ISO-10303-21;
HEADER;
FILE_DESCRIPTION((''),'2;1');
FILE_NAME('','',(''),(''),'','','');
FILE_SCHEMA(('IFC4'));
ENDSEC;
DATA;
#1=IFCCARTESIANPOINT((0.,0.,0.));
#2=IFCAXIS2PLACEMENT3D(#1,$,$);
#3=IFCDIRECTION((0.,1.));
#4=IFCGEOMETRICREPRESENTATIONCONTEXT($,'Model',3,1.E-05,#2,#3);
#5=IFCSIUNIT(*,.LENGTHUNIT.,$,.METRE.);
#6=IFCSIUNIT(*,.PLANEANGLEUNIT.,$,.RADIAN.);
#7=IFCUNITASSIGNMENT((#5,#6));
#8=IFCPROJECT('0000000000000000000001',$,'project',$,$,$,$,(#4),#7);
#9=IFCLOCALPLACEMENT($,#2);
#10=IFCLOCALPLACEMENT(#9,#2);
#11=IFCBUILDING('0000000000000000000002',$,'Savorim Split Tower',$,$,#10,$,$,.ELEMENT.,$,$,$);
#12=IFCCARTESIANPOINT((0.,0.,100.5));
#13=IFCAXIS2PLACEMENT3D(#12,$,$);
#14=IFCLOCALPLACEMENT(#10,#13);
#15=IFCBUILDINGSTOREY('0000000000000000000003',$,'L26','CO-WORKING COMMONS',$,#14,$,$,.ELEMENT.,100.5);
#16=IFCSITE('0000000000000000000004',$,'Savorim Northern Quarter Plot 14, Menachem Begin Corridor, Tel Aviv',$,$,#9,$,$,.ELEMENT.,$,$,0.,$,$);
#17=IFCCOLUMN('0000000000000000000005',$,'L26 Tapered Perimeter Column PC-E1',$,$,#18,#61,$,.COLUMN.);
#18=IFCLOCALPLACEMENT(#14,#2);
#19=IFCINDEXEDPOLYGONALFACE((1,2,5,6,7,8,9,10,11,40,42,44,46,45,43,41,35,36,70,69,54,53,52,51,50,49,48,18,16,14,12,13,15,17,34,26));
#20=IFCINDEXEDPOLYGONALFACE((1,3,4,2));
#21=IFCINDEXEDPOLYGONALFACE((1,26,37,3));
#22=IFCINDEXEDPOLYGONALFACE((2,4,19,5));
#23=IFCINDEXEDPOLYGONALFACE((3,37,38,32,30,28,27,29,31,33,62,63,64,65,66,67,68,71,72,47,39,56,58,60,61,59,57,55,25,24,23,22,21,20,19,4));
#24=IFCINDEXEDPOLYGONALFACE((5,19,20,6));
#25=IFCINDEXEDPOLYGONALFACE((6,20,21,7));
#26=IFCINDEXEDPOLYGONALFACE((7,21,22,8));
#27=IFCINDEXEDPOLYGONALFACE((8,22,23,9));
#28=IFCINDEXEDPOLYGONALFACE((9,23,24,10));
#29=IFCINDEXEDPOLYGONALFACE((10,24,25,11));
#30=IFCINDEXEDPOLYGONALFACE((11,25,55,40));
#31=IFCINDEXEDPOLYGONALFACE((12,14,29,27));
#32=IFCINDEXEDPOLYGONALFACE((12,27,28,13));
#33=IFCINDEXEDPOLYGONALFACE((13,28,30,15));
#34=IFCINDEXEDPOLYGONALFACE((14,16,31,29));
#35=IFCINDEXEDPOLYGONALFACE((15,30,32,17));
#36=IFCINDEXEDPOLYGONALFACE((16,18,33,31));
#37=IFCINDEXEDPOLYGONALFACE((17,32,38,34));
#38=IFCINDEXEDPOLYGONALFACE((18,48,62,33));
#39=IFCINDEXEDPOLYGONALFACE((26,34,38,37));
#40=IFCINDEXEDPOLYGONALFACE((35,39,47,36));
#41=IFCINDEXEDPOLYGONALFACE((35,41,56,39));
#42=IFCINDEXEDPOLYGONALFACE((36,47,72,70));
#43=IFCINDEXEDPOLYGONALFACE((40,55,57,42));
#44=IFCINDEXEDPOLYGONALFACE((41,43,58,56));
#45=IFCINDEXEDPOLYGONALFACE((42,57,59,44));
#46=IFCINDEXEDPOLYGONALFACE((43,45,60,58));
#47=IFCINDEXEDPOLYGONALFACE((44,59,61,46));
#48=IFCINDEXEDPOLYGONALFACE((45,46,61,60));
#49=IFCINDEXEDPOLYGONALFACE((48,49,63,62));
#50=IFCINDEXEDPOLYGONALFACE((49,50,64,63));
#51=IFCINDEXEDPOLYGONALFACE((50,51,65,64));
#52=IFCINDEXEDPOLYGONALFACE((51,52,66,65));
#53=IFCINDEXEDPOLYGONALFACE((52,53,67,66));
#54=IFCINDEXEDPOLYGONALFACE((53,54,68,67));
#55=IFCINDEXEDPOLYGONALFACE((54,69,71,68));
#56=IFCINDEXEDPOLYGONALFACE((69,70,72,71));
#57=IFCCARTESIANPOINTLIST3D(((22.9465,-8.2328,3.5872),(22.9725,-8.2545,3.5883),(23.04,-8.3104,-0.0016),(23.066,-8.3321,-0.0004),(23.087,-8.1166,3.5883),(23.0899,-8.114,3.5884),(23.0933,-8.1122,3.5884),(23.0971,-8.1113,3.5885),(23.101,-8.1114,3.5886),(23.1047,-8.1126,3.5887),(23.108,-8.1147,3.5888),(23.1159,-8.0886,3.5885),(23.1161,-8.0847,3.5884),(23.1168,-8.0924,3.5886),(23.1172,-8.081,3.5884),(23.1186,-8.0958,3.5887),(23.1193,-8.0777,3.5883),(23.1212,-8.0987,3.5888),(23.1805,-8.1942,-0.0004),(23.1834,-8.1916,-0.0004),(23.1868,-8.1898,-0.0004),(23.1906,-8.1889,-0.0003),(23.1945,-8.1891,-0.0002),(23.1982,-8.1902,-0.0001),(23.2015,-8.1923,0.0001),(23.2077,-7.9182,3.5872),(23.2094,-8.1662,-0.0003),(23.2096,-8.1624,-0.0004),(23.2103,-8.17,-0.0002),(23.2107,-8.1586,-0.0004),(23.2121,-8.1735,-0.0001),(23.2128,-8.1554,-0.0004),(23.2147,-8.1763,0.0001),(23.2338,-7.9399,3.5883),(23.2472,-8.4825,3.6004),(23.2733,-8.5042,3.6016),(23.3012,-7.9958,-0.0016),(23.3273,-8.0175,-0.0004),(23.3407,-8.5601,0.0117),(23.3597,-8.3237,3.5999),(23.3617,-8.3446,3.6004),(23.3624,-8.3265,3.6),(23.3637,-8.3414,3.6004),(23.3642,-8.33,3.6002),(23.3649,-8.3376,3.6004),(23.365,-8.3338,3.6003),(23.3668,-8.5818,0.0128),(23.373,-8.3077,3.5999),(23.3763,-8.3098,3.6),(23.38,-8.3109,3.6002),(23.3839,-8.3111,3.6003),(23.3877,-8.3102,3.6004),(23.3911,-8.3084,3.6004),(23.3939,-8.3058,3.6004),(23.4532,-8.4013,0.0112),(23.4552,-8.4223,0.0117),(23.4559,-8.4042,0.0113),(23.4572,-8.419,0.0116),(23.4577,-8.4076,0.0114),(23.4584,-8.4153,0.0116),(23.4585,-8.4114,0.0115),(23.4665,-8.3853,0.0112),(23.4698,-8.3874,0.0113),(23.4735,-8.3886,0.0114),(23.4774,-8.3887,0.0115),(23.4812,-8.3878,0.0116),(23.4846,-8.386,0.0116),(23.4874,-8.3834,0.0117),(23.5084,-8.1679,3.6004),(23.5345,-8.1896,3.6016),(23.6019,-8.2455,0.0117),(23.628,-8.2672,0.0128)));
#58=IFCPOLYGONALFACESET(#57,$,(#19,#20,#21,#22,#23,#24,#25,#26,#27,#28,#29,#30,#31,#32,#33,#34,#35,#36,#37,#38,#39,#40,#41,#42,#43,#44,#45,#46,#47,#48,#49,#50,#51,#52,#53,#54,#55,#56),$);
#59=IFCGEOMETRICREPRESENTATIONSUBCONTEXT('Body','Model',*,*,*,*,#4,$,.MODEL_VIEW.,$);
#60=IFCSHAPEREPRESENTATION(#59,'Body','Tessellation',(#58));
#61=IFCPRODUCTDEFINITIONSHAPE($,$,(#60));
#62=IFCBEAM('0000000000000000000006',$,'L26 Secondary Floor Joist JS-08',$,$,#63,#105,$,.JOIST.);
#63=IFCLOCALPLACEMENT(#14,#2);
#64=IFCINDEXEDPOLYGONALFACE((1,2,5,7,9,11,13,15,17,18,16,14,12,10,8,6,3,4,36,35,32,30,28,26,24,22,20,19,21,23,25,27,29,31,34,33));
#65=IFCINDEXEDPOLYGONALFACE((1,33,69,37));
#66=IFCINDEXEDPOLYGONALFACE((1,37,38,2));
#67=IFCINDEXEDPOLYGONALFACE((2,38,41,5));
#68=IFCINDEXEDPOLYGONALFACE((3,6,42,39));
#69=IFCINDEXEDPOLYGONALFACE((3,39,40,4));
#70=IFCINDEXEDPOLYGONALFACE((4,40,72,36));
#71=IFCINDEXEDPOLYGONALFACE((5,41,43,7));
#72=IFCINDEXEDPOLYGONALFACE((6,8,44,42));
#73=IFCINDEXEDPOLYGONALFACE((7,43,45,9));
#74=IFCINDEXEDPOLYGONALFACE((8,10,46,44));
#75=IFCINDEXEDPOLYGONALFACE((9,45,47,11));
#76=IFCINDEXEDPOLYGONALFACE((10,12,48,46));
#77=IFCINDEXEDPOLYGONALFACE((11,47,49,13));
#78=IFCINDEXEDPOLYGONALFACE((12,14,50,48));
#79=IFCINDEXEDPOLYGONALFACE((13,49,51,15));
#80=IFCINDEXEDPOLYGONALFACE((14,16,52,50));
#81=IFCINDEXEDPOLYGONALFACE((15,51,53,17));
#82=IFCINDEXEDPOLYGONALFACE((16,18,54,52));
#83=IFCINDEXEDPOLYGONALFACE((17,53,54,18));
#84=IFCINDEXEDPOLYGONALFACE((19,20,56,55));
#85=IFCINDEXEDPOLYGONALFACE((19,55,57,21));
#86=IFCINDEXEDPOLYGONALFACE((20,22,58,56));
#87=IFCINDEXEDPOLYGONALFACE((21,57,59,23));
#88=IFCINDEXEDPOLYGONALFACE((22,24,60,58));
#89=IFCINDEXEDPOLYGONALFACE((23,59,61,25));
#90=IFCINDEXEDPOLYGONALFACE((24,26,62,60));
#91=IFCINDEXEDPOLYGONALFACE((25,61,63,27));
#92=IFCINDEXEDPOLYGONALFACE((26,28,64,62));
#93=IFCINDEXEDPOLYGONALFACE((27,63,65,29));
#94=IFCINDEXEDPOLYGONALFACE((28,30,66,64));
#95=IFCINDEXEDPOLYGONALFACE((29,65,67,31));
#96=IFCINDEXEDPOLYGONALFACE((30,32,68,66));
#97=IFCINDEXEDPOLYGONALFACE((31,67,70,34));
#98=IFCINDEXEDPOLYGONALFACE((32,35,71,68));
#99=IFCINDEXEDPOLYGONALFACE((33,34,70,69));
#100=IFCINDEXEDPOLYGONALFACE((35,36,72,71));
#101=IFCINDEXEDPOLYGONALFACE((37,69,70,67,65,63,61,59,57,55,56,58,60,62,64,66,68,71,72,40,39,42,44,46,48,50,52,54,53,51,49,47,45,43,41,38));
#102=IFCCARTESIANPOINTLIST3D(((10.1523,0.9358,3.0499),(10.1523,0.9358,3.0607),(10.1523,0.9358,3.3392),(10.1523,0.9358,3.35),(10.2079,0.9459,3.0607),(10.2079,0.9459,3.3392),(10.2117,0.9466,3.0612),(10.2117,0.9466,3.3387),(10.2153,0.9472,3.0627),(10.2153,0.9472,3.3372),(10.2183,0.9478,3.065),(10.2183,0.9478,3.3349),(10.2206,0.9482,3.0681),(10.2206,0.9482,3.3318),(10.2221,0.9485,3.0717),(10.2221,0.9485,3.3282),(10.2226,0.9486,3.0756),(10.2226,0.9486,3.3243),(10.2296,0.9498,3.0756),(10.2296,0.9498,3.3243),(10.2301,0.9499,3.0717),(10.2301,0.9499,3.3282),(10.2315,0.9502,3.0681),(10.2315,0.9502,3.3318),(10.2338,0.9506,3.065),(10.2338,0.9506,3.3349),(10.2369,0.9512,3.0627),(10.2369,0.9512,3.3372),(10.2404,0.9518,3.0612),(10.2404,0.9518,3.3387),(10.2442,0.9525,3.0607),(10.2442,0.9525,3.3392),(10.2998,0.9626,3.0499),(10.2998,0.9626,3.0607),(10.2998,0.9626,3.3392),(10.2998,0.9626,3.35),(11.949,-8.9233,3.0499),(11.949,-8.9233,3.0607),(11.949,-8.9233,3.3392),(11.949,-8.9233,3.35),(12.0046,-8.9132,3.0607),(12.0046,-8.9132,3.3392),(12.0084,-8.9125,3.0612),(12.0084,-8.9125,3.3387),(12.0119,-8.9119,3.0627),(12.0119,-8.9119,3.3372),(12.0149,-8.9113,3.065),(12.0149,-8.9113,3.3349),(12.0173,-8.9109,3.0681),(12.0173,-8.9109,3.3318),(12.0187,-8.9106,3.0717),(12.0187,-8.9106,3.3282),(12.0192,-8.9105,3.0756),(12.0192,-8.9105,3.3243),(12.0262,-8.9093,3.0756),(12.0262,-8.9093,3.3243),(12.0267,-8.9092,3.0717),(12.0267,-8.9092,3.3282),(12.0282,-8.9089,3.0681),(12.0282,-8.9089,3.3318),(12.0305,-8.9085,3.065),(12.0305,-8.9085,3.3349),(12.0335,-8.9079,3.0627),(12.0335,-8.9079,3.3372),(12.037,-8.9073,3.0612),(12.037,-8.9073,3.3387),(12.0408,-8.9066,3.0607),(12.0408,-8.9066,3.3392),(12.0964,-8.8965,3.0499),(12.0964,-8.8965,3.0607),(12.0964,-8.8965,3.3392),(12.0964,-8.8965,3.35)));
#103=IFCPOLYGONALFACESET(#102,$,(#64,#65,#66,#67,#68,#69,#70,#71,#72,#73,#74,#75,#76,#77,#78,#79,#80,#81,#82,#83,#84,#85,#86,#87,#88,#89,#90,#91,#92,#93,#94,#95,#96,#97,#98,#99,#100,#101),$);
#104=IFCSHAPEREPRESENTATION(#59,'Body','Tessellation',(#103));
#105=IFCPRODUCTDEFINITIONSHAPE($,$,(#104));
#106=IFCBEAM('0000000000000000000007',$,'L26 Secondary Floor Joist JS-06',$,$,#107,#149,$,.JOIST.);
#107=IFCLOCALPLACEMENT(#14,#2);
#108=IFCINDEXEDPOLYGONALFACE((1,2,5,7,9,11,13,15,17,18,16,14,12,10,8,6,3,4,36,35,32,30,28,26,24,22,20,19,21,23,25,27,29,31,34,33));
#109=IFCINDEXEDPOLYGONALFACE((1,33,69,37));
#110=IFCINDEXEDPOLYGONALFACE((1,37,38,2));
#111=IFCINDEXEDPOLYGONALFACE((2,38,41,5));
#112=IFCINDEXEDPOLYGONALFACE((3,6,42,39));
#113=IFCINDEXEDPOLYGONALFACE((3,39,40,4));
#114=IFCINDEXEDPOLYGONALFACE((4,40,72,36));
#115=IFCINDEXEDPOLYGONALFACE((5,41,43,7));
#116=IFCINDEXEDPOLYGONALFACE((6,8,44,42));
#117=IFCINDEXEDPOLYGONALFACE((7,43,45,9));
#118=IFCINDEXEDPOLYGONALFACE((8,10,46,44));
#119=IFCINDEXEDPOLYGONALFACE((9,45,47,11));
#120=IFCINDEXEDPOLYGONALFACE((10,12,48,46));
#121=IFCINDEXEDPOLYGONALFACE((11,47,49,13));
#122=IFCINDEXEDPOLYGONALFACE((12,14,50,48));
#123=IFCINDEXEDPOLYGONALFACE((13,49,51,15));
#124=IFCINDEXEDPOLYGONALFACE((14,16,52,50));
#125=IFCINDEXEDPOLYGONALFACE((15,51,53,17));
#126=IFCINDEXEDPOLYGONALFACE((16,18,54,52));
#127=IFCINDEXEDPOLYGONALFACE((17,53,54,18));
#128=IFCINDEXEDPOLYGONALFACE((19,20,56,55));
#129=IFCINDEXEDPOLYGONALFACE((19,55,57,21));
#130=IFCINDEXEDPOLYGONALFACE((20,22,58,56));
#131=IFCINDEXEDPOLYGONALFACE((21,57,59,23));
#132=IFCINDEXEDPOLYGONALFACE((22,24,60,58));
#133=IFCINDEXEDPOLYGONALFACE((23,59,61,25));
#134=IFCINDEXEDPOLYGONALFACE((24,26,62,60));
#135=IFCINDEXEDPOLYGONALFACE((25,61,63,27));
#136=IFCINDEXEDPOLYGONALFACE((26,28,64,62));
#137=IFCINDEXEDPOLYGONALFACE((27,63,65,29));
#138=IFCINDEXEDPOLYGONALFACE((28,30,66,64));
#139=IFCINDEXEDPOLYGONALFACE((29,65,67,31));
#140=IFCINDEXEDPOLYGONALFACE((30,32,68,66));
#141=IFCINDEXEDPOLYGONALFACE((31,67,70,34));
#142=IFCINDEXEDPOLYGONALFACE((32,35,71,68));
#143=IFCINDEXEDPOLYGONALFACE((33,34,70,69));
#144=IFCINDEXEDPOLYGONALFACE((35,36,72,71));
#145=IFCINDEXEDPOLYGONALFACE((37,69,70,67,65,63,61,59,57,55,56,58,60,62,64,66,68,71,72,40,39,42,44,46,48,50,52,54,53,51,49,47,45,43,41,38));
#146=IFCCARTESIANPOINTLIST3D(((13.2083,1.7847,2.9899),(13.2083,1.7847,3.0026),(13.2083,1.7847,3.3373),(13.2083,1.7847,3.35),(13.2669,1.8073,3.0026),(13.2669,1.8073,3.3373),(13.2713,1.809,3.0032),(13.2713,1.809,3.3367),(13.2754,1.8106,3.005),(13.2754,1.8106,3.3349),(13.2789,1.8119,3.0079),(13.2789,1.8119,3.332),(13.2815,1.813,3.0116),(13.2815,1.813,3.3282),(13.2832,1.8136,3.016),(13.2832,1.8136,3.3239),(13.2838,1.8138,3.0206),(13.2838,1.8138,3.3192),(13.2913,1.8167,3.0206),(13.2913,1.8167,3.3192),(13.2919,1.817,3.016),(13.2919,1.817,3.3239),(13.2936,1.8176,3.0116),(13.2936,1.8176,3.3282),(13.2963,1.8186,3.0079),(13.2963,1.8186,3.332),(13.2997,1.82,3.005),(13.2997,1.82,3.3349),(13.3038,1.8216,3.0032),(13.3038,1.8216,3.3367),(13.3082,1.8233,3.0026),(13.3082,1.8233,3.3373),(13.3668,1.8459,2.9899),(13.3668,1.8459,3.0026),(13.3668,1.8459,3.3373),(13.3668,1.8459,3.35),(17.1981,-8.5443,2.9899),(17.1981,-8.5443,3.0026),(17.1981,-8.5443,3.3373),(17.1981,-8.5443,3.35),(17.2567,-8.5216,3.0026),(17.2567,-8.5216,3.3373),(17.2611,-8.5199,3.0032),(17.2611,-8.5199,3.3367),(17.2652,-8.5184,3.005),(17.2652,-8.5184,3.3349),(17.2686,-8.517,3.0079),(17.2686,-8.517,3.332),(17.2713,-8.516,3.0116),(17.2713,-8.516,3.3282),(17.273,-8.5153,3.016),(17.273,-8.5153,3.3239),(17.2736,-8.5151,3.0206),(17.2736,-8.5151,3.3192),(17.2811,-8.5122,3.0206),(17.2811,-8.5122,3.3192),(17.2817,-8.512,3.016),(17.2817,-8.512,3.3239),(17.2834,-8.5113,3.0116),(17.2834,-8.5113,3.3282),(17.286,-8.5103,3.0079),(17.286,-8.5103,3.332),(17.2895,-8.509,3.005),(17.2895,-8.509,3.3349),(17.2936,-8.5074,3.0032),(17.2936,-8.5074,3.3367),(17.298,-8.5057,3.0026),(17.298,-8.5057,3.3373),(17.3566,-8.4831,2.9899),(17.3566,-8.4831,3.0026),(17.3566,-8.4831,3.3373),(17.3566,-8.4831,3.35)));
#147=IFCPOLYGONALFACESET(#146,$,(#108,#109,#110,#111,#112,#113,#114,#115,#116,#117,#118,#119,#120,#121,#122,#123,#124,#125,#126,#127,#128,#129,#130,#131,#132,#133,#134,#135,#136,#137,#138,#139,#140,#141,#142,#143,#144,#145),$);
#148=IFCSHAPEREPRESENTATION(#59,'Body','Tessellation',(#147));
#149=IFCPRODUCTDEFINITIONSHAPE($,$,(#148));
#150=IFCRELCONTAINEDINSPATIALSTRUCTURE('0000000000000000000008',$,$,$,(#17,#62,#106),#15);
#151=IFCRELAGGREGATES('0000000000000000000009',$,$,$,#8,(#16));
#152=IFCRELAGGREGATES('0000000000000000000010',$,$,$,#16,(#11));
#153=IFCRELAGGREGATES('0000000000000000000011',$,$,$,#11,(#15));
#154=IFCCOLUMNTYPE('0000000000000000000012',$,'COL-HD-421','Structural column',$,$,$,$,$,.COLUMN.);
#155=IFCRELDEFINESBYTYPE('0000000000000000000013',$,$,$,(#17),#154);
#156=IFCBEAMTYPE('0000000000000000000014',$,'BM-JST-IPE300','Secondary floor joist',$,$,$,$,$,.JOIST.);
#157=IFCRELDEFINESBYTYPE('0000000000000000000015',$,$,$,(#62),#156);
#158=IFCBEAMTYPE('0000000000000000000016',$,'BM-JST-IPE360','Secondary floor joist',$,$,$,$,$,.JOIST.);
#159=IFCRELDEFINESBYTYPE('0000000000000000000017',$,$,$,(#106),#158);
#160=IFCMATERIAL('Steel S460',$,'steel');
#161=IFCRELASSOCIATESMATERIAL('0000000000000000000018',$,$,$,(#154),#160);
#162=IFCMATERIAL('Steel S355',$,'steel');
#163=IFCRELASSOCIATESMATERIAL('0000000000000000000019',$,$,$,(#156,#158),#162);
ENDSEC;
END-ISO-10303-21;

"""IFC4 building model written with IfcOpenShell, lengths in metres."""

from ifc_helpers import new_model, si_unit, direction, frame, origin, origin_2d, place, context, subcontext, project, spatial, i_section, extrude, material, material_profile, profile_set, type_object, element, save


model = new_model("IFC4")

# Units and contexts
model_context = context("Model", 3, precision=1e-05, world=origin(), true_north=direction((0.0, 1.0)))
body_context = subcontext(model_context, "Body", "Model", "MODEL_VIEW")
ifc_project = project(units=[si_unit("LENGTHUNIT", "METRE"), si_unit("PLANEANGLEUNIT", "RADIAN")], contexts=[model_context])

# Site, building, storey
site_placement = place(None, origin())
site = spatial("IfcSite", under=ifc_project, at=site_placement, Name="Savorim Northern Quarter Plot 14, Menachem Begin Corridor, Tel Aviv", CompositionType="ELEMENT", RefElevation=0.0)
building_placement = place(site_placement, origin())
building = spatial("IfcBuilding", under=site, at=building_placement, Name="Savorim Split Tower", CompositionType="ELEMENT")
storey_placement = place(building_placement, frame((0.0, 0.0, 100.5)))
storey = spatial("IfcBuildingStorey", under=building, at=storey_placement, Name="L26", Description="CO-WORKING COMMONS", CompositionType="ELEMENT", Elevation=100.5)

# Column
ifc_material_1 = material(Name="Steel S460", Category="steel")
ifc_material_profile_1 = material_profile(ifc_material_1, i_section(OverallWidth=0.4089, OverallDepth=0.425, WebThickness=0.0208, FlangeThickness=0.0339, FilletRadius=0.0149, at=origin_2d()), Name="HD 400x421")
ifc_profile_set_1 = profile_set([ifc_material_profile_1], Name="Steel S460")
column_type = type_object("IfcColumnType", Name="COL-HD-421", Description="Structural column", PredefinedType="COLUMN", material=ifc_profile_set_1)
column_placement = place(storey_placement, frame((23.334, -8.2888, 0.0056), z_axis=(-0.026039, 0.02162, 0.999427), x_axis=(-0.6388, -0.769373, 0.0)))
element("IfcColumn", 1, at=column_placement, inside=storey, type_object=column_type, Name="L26 Tapered Perimeter Column PC-E1", PredefinedType="COLUMN", context=body_context, shape_type="SweptSolid", body=[
    extrude(i_section(OverallWidth=0.4089, OverallDepth=0.425, WebThickness=0.0208, FlangeThickness=0.0339, FilletRadius=0.0149, at=origin_2d()), origin(), (0.0, 0.0, 1.0), 3.5908),
])

# Beams
ifc_material_2 = material(Name="Steel S355", Category="steel")
ifc_material_profile_2 = material_profile(ifc_material_2, i_section(OverallWidth=0.1499, OverallDepth=0.3, WebThickness=0.0071, FlangeThickness=0.0107, FilletRadius=0.0149, at=origin_2d()), Name="IPE 300")
ifc_profile_set_2 = profile_set([ifc_material_profile_2], Name="Steel S355")
beam_type_1 = type_object("IfcBeamType", Name="BM-JST-IPE300", Description="Secondary floor joist", PredefinedType="JOIST", material=ifc_profile_set_2)
beam_1_placement = place(storey_placement, frame((12.0227, -8.9099, 3.2), z_axis=(-0.179278, 0.983799, 0.0), x_axis=(-0.983799, -0.179278, 0.0)))
element("IfcBeam", 2, at=beam_1_placement, inside=storey, type_object=beam_type_1, Name="L26 Secondary Floor Joist JS-08", PredefinedType="JOIST", context=body_context, shape_type="SweptSolid", body=[
    extrude(i_section(OverallWidth=0.1499, OverallDepth=0.3, WebThickness=0.0071, FlangeThickness=0.0107, FilletRadius=0.0149, at=origin_2d()), origin(), (0.0, 0.0, 1.0), 10.0215),
])
ifc_material_profile_3 = material_profile(ifc_material_2, i_section(OverallWidth=0.1699, OverallDepth=0.3601, WebThickness=0.0081, FlangeThickness=0.0127, FilletRadius=0.0181, at=origin_2d()), Name="IPE 360")
ifc_profile_set_3 = profile_set([ifc_material_profile_3], Name="Steel S355")
beam_type_2 = type_object("IfcBeamType", Name="BM-JST-IPE360", Description="Secondary floor joist", PredefinedType="JOIST", material=ifc_profile_set_3)
beam_2_placement = place(storey_placement, frame((17.2773, -8.5137, 3.1699), z_axis=(-0.360325, 0.932827, 0.0), x_axis=(-0.932827, -0.360325, 0.0)))
element("IfcBeam", 3, at=beam_2_placement, inside=storey, type_object=beam_type_2, Name="L26 Secondary Floor Joist JS-06", PredefinedType="JOIST", context=body_context, shape_type="SweptSolid", body=[
    extrude(i_section(OverallWidth=0.1699, OverallDepth=0.3601, WebThickness=0.0081, FlangeThickness=0.0127, FilletRadius=0.0181, at=origin_2d()), origin(), (0.0, 0.0, 1.0), 11.0728),
])

save(model, "model.ifc")
